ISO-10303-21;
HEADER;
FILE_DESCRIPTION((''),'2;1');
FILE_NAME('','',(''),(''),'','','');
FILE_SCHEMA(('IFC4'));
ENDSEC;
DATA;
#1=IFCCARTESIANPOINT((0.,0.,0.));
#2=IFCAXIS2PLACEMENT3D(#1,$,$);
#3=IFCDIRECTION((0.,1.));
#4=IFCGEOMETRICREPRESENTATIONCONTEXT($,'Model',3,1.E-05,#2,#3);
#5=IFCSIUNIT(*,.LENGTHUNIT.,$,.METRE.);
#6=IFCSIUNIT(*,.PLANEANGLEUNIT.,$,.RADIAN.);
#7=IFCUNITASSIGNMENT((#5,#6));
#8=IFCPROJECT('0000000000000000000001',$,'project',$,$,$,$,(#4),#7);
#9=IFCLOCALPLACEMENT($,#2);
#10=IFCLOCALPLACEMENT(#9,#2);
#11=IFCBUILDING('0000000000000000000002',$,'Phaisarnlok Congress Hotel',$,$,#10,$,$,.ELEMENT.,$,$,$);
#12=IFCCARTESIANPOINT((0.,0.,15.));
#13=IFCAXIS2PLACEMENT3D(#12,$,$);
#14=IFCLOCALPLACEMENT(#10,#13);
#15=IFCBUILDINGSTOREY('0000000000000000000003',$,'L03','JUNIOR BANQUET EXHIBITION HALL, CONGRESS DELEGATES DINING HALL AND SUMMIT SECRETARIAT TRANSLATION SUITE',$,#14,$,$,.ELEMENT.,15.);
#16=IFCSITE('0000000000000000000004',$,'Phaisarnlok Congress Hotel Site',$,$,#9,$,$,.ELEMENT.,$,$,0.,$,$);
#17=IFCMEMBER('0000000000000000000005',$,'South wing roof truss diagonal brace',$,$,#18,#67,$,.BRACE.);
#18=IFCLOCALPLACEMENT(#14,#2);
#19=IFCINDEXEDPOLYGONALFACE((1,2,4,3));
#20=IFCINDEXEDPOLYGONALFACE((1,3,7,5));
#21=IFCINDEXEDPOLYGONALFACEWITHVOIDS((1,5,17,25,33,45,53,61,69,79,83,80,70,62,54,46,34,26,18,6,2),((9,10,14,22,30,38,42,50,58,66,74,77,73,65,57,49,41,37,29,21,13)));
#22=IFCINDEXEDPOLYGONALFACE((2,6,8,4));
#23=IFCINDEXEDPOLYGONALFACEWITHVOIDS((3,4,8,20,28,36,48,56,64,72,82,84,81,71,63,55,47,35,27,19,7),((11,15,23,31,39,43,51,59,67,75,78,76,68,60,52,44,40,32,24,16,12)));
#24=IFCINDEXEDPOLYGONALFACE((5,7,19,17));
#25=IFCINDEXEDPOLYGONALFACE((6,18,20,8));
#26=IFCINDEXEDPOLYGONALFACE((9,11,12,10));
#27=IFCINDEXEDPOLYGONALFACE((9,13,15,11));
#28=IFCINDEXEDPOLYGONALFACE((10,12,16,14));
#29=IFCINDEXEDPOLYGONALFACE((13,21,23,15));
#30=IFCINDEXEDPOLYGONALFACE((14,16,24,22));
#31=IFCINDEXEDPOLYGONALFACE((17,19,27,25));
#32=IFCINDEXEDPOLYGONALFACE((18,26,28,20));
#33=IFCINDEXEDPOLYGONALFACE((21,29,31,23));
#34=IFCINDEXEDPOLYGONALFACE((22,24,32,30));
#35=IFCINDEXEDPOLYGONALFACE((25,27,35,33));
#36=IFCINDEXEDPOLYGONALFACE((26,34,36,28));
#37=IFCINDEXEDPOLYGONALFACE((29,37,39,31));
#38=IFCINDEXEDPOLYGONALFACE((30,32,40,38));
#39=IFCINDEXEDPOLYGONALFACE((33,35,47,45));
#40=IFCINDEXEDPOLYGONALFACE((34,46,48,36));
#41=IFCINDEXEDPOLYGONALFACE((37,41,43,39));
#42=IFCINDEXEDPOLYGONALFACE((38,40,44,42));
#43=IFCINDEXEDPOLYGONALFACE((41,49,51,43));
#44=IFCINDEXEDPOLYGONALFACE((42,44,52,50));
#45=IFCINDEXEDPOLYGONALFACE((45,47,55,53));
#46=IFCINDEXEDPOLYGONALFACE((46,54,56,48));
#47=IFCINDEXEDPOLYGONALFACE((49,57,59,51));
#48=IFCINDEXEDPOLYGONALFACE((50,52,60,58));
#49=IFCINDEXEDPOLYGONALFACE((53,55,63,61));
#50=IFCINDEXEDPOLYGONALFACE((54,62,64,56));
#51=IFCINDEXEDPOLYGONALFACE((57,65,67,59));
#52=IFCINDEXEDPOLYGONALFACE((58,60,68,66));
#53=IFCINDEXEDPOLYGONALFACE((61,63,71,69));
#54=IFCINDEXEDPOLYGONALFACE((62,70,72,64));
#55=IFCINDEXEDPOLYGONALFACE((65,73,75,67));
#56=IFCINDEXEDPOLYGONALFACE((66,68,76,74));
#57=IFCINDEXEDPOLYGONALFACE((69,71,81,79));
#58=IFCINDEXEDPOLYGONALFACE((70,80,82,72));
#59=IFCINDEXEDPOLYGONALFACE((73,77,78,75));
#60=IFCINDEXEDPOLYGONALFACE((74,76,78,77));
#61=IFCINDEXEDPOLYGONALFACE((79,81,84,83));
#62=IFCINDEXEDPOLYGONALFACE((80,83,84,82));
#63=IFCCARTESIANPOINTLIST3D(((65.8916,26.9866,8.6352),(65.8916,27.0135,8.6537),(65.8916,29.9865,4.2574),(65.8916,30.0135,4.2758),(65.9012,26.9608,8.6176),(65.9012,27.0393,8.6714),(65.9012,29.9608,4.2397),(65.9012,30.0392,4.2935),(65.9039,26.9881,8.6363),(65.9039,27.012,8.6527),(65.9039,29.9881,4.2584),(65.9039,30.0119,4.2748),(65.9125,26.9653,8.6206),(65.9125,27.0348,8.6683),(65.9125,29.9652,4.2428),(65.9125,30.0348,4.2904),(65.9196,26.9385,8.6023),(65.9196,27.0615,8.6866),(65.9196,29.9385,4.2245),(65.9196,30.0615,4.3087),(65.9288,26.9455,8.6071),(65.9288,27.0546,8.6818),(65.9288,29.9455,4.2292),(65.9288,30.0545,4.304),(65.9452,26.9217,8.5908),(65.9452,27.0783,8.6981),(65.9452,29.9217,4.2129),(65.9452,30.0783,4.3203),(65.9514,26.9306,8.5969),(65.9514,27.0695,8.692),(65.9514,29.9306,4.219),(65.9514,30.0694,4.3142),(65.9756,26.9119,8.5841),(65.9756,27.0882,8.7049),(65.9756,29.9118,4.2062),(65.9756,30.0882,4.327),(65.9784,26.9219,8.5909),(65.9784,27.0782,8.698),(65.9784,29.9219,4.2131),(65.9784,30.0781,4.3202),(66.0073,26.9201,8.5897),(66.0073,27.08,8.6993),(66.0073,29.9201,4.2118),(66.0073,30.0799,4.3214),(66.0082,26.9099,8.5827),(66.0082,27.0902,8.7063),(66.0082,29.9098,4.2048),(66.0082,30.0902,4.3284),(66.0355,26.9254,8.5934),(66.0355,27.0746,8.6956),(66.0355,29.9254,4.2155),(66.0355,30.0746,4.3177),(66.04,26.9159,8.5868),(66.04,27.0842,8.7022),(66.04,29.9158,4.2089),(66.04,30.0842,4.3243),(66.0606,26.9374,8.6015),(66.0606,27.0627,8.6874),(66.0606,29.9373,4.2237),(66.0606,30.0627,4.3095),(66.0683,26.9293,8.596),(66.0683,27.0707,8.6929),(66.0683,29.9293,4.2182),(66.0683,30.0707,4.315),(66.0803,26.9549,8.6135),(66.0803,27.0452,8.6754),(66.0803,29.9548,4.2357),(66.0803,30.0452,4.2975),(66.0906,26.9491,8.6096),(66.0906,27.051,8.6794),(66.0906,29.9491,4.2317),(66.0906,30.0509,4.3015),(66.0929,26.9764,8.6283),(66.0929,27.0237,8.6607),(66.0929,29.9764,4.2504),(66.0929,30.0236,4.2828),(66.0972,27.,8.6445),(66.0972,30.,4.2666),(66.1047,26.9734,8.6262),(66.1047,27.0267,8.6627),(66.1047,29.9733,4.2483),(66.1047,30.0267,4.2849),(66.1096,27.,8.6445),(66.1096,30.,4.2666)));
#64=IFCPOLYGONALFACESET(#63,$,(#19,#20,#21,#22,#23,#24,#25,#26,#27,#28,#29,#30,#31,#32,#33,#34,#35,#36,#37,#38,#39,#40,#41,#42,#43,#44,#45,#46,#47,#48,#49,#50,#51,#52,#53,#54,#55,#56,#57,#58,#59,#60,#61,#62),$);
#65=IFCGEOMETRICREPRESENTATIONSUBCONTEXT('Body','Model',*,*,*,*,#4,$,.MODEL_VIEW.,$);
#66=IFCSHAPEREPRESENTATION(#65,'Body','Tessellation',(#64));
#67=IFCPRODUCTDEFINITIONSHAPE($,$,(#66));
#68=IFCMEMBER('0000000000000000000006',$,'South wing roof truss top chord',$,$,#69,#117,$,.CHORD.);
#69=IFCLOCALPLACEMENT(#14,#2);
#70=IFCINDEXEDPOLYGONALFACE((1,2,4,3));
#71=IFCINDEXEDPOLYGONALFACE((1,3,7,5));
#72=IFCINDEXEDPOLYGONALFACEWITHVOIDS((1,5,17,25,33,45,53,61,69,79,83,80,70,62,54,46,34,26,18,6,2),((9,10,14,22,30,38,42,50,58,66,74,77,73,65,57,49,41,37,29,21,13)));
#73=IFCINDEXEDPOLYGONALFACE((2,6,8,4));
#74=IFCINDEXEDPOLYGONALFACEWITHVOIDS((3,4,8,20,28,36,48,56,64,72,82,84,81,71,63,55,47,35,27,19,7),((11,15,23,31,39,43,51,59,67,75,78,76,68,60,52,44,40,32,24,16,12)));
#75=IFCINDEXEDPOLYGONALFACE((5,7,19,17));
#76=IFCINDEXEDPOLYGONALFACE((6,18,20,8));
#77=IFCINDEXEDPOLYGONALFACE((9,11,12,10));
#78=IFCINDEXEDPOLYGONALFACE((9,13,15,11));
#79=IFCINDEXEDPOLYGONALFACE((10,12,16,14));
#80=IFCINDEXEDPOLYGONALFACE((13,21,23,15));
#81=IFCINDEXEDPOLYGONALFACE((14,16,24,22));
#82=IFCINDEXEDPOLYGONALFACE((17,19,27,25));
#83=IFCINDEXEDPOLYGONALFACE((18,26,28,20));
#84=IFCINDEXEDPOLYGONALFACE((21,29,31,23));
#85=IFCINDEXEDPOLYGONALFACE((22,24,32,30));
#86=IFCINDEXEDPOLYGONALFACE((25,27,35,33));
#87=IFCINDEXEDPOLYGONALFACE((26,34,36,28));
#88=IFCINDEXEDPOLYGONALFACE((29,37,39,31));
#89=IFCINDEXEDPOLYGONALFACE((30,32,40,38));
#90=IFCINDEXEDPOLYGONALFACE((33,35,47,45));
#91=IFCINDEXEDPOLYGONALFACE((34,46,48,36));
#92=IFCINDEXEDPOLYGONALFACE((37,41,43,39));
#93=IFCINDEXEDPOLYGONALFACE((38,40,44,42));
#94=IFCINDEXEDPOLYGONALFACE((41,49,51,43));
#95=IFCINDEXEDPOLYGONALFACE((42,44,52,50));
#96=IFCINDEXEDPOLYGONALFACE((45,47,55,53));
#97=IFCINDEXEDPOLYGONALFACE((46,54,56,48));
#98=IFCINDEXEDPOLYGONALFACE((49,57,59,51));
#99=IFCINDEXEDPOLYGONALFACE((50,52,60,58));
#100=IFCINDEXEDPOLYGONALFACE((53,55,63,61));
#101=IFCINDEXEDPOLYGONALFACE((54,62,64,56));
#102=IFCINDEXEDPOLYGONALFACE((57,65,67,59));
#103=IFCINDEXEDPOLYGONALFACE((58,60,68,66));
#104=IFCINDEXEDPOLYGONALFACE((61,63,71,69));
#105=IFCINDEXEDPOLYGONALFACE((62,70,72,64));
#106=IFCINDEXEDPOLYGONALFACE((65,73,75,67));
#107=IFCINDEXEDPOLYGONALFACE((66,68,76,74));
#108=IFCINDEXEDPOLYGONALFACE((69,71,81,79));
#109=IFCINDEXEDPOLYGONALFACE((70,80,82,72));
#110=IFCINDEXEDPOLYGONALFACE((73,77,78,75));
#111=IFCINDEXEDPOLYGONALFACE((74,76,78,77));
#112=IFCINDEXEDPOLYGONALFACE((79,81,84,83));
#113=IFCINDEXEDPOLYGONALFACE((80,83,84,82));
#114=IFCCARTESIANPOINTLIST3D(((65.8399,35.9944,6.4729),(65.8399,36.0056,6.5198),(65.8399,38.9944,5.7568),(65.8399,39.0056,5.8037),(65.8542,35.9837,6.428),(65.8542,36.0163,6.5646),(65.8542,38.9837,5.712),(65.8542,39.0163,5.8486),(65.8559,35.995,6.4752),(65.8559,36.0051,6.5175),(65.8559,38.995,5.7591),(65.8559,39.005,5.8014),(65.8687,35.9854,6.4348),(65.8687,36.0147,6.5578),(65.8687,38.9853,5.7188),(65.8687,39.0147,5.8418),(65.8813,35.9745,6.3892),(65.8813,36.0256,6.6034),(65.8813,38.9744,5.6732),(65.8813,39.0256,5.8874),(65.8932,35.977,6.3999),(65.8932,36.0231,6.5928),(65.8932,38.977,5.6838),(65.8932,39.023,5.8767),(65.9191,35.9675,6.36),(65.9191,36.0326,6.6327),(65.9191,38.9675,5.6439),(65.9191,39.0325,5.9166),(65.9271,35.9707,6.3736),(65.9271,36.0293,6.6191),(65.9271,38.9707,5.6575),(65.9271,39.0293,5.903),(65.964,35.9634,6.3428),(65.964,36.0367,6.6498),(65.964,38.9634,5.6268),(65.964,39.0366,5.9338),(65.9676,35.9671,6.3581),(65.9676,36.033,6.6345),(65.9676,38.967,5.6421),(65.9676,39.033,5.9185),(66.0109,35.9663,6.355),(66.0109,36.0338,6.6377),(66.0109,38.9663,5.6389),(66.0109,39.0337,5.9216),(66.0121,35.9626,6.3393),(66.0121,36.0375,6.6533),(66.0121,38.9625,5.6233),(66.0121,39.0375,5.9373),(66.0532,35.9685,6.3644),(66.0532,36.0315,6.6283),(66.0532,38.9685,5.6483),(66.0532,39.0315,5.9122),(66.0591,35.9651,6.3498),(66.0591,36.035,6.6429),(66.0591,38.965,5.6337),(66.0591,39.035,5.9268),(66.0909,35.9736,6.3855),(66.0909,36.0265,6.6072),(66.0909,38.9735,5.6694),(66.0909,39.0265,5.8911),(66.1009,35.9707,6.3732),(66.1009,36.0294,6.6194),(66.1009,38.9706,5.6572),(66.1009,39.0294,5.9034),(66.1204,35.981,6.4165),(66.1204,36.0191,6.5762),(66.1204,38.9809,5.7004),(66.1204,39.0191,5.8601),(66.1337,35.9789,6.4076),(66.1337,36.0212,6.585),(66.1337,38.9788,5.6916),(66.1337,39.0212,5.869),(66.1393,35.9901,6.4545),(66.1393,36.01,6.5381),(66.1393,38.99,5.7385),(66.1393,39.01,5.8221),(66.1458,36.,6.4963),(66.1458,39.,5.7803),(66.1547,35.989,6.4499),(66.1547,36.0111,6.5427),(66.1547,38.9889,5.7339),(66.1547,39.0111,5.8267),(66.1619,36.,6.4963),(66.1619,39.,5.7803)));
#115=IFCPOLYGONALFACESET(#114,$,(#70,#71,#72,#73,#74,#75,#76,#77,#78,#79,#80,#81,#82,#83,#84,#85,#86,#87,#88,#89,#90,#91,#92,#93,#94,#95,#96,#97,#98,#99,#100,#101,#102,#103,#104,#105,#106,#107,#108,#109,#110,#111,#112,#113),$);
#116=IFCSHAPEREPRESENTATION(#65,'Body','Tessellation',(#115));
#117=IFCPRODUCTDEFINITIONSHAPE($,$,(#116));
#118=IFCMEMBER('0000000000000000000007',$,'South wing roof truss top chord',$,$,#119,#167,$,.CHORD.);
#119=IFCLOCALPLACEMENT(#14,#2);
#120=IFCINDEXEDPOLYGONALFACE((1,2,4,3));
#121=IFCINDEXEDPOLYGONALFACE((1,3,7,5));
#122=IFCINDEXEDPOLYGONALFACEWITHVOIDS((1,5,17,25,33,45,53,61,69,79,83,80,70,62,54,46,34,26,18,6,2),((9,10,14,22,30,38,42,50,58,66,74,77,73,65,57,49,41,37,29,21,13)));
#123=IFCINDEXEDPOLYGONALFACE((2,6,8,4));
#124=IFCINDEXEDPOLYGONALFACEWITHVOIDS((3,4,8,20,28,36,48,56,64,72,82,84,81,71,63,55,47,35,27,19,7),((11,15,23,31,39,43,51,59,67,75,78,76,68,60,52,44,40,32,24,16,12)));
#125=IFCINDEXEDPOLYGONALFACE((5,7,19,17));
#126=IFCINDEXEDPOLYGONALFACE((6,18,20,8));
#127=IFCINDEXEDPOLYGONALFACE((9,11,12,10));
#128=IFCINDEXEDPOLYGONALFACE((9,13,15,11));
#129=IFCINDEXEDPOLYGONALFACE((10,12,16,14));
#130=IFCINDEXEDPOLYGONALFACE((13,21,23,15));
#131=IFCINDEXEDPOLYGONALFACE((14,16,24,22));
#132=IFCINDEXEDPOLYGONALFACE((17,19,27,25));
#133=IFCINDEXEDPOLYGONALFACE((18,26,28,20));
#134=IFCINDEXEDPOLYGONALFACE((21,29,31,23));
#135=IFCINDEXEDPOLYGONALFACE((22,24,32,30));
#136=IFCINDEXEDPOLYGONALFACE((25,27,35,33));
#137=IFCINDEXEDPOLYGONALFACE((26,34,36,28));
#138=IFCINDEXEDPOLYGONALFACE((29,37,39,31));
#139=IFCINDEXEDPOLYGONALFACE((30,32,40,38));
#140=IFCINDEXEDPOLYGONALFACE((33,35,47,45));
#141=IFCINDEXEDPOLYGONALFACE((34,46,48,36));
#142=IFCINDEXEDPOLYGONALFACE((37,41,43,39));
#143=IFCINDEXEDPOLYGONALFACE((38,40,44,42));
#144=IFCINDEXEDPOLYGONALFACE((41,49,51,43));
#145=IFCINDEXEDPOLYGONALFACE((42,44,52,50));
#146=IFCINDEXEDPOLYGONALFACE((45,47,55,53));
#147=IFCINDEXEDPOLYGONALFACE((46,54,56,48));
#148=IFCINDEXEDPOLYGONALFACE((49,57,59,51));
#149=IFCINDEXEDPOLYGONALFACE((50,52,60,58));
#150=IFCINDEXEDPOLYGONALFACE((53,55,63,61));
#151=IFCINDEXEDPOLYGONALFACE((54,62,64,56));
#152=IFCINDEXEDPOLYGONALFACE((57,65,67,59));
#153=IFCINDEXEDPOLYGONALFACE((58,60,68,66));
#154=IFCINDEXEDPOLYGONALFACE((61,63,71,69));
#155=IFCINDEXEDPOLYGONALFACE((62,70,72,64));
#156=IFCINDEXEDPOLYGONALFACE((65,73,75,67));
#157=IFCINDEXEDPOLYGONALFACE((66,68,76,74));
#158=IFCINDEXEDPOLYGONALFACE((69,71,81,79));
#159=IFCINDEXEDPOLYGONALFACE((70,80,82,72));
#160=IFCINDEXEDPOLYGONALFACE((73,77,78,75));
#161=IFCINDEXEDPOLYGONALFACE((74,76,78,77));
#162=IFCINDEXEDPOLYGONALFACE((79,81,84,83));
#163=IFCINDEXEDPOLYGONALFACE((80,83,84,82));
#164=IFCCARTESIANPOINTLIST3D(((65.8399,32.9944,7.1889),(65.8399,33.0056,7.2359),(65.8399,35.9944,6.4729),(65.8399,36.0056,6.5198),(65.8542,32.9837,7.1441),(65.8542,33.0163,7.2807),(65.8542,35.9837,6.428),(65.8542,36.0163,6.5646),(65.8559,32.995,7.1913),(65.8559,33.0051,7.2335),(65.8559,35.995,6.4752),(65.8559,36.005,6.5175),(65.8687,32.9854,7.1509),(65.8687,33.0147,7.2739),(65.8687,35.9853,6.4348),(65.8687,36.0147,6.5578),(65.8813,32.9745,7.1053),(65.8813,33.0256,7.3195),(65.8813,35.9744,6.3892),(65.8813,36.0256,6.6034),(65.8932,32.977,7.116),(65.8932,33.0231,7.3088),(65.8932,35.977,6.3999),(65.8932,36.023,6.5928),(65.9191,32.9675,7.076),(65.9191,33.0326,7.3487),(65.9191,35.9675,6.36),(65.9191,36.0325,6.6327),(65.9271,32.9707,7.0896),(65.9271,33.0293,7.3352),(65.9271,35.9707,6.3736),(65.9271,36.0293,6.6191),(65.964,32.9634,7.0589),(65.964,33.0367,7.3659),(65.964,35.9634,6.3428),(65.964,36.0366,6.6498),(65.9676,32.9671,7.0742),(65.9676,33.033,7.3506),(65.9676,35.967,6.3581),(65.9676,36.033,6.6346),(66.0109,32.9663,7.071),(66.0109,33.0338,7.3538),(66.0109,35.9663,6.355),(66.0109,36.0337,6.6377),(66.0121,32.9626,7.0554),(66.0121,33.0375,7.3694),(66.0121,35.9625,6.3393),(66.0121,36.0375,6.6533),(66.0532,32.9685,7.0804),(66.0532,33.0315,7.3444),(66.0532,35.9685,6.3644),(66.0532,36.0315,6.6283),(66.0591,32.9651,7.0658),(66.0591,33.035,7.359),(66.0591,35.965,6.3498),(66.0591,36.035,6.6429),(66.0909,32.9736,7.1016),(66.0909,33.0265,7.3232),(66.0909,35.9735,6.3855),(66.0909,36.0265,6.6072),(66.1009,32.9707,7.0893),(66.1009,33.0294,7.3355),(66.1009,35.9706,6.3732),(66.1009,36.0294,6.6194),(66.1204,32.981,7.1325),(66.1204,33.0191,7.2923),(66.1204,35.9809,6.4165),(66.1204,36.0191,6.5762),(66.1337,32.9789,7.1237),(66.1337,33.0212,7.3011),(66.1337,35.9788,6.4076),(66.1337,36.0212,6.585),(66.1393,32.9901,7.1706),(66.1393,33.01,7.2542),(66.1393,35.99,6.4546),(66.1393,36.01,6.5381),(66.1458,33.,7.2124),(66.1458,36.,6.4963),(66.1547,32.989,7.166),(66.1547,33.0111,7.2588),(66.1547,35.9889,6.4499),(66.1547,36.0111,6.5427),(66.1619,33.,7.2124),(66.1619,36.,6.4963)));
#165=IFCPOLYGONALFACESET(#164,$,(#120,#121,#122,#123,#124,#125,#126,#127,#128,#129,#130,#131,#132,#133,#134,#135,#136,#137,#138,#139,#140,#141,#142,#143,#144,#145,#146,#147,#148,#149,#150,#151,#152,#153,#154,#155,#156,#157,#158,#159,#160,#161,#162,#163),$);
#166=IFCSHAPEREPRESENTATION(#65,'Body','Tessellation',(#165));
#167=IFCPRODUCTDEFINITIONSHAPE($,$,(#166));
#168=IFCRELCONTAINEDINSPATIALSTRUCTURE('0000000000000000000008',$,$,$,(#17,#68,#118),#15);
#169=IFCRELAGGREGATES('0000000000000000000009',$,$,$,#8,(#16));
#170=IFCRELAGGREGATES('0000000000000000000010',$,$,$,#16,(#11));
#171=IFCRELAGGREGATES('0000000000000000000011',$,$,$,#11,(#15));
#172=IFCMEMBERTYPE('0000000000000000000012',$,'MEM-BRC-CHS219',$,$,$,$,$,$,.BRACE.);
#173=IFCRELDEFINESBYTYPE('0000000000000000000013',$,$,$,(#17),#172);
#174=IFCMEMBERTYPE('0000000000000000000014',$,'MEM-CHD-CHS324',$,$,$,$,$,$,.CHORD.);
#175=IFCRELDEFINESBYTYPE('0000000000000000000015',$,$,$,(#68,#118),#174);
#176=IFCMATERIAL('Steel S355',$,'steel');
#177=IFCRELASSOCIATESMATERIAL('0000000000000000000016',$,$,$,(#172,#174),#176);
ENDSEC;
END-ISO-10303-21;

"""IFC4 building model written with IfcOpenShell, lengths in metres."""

from ifc_helpers import new_model, si_unit, direction, frame, origin, origin_2d, place, context, subcontext, project, spatial, hollow_circle, extrude, material, material_profile, profile_set, type_object, element, save


model = new_model("IFC4")

# Units and contexts
model_context = context("Model", 3, precision=1e-05, world=origin(), true_north=direction((0.0, 1.0)))
body_context = subcontext(model_context, "Body", "Model", "MODEL_VIEW")
ifc_project = project(units=[si_unit("LENGTHUNIT", "METRE"), si_unit("PLANEANGLEUNIT", "RADIAN")], contexts=[model_context])

# Site, building, storey
site_placement = place(None, origin())
site = spatial("IfcSite", under=ifc_project, at=site_placement, Name="Phaisarnlok Congress Hotel Site", CompositionType="ELEMENT", RefElevation=0.0)
building_placement = place(site_placement, origin())
building = spatial("IfcBuilding", under=site, at=building_placement, Name="Phaisarnlok Congress Hotel", CompositionType="ELEMENT")
storey_placement = place(building_placement, frame((0.0, 0.0, 15.0)))
storey = spatial("IfcBuildingStorey", under=building, at=storey_placement, Name="L03", Description="JUNIOR BANQUET EXHIBITION HALL, CONGRESS DELEGATES DINING HALL AND SUMMIT SECRETARIAT TRANSLATION SUITE", CompositionType="ELEMENT", Elevation=15.0)

# Shared definitions
ifc_material_1 = material(Name="Steel S355", Category="steel")

# Members
ifc_material_profile_1 = material_profile(ifc_material_1, hollow_circle(Radius=0.1096, WallThickness=0.0125, at=origin_2d()), Name="CHS 219.1x12.5")
ifc_profile_set_1 = profile_set([ifc_material_profile_1], Name="Steel S355")
member_type_1 = type_object("IfcMemberType", Name="MEM-BRC-CHS219", PredefinedType="BRACE", material=ifc_profile_set_1)
member_1_placement = place(storey_placement, frame((66.0, 30.0, 4.2666), z_axis=(0.0, -0.565271, 0.824905), x_axis=(1.0, 0.0, 0.0)))
element("IfcMember", 1, at=member_1_placement, inside=storey, type_object=member_type_1, Name="South wing roof truss diagonal brace", PredefinedType="BRACE", context=body_context, shape_type="SweptSolid", body=[
    extrude(hollow_circle(Radius=0.1096, WallThickness=0.0125, at=origin_2d()), origin(), (0.0, 0.0, 1.0), 5.3071),
])
ifc_material_profile_2 = material_profile(ifc_material_1, hollow_circle(Radius=0.1619, WallThickness=0.0161, at=origin_2d()), Name="CHS 323.9x16")
ifc_profile_set_2 = profile_set([ifc_material_profile_2], Name="Steel S355")
member_type_2 = type_object("IfcMemberType", Name="MEM-CHD-CHS324", PredefinedType="CHORD", material=ifc_profile_set_2)
for number, where, z_axis, x_axis, name in (
    (2, (66.0, 39.0, 5.7803), (0.0, -0.972676, 0.232166), (1.0, 0.0, 0.0), "South wing roof truss top chord"),
    (3, (66.0, 36.0, 6.4963), (0.0, -0.972676, 0.232166), (1.0, 0.0, 0.0), "South wing roof truss top chord"),
):
    element("IfcMember", number, at=place(storey_placement, frame(where, z_axis=z_axis, x_axis=x_axis)), inside=storey, type_object=member_type_2, Name=name, PredefinedType="CHORD", context=body_context, shape_type="SweptSolid", body=[
        extrude(hollow_circle(Radius=0.1619, WallThickness=0.0161, at=origin_2d()), origin(), (0.0, 0.0, 1.0), 3.0842),
    ])

save(model, "model.ifc")
